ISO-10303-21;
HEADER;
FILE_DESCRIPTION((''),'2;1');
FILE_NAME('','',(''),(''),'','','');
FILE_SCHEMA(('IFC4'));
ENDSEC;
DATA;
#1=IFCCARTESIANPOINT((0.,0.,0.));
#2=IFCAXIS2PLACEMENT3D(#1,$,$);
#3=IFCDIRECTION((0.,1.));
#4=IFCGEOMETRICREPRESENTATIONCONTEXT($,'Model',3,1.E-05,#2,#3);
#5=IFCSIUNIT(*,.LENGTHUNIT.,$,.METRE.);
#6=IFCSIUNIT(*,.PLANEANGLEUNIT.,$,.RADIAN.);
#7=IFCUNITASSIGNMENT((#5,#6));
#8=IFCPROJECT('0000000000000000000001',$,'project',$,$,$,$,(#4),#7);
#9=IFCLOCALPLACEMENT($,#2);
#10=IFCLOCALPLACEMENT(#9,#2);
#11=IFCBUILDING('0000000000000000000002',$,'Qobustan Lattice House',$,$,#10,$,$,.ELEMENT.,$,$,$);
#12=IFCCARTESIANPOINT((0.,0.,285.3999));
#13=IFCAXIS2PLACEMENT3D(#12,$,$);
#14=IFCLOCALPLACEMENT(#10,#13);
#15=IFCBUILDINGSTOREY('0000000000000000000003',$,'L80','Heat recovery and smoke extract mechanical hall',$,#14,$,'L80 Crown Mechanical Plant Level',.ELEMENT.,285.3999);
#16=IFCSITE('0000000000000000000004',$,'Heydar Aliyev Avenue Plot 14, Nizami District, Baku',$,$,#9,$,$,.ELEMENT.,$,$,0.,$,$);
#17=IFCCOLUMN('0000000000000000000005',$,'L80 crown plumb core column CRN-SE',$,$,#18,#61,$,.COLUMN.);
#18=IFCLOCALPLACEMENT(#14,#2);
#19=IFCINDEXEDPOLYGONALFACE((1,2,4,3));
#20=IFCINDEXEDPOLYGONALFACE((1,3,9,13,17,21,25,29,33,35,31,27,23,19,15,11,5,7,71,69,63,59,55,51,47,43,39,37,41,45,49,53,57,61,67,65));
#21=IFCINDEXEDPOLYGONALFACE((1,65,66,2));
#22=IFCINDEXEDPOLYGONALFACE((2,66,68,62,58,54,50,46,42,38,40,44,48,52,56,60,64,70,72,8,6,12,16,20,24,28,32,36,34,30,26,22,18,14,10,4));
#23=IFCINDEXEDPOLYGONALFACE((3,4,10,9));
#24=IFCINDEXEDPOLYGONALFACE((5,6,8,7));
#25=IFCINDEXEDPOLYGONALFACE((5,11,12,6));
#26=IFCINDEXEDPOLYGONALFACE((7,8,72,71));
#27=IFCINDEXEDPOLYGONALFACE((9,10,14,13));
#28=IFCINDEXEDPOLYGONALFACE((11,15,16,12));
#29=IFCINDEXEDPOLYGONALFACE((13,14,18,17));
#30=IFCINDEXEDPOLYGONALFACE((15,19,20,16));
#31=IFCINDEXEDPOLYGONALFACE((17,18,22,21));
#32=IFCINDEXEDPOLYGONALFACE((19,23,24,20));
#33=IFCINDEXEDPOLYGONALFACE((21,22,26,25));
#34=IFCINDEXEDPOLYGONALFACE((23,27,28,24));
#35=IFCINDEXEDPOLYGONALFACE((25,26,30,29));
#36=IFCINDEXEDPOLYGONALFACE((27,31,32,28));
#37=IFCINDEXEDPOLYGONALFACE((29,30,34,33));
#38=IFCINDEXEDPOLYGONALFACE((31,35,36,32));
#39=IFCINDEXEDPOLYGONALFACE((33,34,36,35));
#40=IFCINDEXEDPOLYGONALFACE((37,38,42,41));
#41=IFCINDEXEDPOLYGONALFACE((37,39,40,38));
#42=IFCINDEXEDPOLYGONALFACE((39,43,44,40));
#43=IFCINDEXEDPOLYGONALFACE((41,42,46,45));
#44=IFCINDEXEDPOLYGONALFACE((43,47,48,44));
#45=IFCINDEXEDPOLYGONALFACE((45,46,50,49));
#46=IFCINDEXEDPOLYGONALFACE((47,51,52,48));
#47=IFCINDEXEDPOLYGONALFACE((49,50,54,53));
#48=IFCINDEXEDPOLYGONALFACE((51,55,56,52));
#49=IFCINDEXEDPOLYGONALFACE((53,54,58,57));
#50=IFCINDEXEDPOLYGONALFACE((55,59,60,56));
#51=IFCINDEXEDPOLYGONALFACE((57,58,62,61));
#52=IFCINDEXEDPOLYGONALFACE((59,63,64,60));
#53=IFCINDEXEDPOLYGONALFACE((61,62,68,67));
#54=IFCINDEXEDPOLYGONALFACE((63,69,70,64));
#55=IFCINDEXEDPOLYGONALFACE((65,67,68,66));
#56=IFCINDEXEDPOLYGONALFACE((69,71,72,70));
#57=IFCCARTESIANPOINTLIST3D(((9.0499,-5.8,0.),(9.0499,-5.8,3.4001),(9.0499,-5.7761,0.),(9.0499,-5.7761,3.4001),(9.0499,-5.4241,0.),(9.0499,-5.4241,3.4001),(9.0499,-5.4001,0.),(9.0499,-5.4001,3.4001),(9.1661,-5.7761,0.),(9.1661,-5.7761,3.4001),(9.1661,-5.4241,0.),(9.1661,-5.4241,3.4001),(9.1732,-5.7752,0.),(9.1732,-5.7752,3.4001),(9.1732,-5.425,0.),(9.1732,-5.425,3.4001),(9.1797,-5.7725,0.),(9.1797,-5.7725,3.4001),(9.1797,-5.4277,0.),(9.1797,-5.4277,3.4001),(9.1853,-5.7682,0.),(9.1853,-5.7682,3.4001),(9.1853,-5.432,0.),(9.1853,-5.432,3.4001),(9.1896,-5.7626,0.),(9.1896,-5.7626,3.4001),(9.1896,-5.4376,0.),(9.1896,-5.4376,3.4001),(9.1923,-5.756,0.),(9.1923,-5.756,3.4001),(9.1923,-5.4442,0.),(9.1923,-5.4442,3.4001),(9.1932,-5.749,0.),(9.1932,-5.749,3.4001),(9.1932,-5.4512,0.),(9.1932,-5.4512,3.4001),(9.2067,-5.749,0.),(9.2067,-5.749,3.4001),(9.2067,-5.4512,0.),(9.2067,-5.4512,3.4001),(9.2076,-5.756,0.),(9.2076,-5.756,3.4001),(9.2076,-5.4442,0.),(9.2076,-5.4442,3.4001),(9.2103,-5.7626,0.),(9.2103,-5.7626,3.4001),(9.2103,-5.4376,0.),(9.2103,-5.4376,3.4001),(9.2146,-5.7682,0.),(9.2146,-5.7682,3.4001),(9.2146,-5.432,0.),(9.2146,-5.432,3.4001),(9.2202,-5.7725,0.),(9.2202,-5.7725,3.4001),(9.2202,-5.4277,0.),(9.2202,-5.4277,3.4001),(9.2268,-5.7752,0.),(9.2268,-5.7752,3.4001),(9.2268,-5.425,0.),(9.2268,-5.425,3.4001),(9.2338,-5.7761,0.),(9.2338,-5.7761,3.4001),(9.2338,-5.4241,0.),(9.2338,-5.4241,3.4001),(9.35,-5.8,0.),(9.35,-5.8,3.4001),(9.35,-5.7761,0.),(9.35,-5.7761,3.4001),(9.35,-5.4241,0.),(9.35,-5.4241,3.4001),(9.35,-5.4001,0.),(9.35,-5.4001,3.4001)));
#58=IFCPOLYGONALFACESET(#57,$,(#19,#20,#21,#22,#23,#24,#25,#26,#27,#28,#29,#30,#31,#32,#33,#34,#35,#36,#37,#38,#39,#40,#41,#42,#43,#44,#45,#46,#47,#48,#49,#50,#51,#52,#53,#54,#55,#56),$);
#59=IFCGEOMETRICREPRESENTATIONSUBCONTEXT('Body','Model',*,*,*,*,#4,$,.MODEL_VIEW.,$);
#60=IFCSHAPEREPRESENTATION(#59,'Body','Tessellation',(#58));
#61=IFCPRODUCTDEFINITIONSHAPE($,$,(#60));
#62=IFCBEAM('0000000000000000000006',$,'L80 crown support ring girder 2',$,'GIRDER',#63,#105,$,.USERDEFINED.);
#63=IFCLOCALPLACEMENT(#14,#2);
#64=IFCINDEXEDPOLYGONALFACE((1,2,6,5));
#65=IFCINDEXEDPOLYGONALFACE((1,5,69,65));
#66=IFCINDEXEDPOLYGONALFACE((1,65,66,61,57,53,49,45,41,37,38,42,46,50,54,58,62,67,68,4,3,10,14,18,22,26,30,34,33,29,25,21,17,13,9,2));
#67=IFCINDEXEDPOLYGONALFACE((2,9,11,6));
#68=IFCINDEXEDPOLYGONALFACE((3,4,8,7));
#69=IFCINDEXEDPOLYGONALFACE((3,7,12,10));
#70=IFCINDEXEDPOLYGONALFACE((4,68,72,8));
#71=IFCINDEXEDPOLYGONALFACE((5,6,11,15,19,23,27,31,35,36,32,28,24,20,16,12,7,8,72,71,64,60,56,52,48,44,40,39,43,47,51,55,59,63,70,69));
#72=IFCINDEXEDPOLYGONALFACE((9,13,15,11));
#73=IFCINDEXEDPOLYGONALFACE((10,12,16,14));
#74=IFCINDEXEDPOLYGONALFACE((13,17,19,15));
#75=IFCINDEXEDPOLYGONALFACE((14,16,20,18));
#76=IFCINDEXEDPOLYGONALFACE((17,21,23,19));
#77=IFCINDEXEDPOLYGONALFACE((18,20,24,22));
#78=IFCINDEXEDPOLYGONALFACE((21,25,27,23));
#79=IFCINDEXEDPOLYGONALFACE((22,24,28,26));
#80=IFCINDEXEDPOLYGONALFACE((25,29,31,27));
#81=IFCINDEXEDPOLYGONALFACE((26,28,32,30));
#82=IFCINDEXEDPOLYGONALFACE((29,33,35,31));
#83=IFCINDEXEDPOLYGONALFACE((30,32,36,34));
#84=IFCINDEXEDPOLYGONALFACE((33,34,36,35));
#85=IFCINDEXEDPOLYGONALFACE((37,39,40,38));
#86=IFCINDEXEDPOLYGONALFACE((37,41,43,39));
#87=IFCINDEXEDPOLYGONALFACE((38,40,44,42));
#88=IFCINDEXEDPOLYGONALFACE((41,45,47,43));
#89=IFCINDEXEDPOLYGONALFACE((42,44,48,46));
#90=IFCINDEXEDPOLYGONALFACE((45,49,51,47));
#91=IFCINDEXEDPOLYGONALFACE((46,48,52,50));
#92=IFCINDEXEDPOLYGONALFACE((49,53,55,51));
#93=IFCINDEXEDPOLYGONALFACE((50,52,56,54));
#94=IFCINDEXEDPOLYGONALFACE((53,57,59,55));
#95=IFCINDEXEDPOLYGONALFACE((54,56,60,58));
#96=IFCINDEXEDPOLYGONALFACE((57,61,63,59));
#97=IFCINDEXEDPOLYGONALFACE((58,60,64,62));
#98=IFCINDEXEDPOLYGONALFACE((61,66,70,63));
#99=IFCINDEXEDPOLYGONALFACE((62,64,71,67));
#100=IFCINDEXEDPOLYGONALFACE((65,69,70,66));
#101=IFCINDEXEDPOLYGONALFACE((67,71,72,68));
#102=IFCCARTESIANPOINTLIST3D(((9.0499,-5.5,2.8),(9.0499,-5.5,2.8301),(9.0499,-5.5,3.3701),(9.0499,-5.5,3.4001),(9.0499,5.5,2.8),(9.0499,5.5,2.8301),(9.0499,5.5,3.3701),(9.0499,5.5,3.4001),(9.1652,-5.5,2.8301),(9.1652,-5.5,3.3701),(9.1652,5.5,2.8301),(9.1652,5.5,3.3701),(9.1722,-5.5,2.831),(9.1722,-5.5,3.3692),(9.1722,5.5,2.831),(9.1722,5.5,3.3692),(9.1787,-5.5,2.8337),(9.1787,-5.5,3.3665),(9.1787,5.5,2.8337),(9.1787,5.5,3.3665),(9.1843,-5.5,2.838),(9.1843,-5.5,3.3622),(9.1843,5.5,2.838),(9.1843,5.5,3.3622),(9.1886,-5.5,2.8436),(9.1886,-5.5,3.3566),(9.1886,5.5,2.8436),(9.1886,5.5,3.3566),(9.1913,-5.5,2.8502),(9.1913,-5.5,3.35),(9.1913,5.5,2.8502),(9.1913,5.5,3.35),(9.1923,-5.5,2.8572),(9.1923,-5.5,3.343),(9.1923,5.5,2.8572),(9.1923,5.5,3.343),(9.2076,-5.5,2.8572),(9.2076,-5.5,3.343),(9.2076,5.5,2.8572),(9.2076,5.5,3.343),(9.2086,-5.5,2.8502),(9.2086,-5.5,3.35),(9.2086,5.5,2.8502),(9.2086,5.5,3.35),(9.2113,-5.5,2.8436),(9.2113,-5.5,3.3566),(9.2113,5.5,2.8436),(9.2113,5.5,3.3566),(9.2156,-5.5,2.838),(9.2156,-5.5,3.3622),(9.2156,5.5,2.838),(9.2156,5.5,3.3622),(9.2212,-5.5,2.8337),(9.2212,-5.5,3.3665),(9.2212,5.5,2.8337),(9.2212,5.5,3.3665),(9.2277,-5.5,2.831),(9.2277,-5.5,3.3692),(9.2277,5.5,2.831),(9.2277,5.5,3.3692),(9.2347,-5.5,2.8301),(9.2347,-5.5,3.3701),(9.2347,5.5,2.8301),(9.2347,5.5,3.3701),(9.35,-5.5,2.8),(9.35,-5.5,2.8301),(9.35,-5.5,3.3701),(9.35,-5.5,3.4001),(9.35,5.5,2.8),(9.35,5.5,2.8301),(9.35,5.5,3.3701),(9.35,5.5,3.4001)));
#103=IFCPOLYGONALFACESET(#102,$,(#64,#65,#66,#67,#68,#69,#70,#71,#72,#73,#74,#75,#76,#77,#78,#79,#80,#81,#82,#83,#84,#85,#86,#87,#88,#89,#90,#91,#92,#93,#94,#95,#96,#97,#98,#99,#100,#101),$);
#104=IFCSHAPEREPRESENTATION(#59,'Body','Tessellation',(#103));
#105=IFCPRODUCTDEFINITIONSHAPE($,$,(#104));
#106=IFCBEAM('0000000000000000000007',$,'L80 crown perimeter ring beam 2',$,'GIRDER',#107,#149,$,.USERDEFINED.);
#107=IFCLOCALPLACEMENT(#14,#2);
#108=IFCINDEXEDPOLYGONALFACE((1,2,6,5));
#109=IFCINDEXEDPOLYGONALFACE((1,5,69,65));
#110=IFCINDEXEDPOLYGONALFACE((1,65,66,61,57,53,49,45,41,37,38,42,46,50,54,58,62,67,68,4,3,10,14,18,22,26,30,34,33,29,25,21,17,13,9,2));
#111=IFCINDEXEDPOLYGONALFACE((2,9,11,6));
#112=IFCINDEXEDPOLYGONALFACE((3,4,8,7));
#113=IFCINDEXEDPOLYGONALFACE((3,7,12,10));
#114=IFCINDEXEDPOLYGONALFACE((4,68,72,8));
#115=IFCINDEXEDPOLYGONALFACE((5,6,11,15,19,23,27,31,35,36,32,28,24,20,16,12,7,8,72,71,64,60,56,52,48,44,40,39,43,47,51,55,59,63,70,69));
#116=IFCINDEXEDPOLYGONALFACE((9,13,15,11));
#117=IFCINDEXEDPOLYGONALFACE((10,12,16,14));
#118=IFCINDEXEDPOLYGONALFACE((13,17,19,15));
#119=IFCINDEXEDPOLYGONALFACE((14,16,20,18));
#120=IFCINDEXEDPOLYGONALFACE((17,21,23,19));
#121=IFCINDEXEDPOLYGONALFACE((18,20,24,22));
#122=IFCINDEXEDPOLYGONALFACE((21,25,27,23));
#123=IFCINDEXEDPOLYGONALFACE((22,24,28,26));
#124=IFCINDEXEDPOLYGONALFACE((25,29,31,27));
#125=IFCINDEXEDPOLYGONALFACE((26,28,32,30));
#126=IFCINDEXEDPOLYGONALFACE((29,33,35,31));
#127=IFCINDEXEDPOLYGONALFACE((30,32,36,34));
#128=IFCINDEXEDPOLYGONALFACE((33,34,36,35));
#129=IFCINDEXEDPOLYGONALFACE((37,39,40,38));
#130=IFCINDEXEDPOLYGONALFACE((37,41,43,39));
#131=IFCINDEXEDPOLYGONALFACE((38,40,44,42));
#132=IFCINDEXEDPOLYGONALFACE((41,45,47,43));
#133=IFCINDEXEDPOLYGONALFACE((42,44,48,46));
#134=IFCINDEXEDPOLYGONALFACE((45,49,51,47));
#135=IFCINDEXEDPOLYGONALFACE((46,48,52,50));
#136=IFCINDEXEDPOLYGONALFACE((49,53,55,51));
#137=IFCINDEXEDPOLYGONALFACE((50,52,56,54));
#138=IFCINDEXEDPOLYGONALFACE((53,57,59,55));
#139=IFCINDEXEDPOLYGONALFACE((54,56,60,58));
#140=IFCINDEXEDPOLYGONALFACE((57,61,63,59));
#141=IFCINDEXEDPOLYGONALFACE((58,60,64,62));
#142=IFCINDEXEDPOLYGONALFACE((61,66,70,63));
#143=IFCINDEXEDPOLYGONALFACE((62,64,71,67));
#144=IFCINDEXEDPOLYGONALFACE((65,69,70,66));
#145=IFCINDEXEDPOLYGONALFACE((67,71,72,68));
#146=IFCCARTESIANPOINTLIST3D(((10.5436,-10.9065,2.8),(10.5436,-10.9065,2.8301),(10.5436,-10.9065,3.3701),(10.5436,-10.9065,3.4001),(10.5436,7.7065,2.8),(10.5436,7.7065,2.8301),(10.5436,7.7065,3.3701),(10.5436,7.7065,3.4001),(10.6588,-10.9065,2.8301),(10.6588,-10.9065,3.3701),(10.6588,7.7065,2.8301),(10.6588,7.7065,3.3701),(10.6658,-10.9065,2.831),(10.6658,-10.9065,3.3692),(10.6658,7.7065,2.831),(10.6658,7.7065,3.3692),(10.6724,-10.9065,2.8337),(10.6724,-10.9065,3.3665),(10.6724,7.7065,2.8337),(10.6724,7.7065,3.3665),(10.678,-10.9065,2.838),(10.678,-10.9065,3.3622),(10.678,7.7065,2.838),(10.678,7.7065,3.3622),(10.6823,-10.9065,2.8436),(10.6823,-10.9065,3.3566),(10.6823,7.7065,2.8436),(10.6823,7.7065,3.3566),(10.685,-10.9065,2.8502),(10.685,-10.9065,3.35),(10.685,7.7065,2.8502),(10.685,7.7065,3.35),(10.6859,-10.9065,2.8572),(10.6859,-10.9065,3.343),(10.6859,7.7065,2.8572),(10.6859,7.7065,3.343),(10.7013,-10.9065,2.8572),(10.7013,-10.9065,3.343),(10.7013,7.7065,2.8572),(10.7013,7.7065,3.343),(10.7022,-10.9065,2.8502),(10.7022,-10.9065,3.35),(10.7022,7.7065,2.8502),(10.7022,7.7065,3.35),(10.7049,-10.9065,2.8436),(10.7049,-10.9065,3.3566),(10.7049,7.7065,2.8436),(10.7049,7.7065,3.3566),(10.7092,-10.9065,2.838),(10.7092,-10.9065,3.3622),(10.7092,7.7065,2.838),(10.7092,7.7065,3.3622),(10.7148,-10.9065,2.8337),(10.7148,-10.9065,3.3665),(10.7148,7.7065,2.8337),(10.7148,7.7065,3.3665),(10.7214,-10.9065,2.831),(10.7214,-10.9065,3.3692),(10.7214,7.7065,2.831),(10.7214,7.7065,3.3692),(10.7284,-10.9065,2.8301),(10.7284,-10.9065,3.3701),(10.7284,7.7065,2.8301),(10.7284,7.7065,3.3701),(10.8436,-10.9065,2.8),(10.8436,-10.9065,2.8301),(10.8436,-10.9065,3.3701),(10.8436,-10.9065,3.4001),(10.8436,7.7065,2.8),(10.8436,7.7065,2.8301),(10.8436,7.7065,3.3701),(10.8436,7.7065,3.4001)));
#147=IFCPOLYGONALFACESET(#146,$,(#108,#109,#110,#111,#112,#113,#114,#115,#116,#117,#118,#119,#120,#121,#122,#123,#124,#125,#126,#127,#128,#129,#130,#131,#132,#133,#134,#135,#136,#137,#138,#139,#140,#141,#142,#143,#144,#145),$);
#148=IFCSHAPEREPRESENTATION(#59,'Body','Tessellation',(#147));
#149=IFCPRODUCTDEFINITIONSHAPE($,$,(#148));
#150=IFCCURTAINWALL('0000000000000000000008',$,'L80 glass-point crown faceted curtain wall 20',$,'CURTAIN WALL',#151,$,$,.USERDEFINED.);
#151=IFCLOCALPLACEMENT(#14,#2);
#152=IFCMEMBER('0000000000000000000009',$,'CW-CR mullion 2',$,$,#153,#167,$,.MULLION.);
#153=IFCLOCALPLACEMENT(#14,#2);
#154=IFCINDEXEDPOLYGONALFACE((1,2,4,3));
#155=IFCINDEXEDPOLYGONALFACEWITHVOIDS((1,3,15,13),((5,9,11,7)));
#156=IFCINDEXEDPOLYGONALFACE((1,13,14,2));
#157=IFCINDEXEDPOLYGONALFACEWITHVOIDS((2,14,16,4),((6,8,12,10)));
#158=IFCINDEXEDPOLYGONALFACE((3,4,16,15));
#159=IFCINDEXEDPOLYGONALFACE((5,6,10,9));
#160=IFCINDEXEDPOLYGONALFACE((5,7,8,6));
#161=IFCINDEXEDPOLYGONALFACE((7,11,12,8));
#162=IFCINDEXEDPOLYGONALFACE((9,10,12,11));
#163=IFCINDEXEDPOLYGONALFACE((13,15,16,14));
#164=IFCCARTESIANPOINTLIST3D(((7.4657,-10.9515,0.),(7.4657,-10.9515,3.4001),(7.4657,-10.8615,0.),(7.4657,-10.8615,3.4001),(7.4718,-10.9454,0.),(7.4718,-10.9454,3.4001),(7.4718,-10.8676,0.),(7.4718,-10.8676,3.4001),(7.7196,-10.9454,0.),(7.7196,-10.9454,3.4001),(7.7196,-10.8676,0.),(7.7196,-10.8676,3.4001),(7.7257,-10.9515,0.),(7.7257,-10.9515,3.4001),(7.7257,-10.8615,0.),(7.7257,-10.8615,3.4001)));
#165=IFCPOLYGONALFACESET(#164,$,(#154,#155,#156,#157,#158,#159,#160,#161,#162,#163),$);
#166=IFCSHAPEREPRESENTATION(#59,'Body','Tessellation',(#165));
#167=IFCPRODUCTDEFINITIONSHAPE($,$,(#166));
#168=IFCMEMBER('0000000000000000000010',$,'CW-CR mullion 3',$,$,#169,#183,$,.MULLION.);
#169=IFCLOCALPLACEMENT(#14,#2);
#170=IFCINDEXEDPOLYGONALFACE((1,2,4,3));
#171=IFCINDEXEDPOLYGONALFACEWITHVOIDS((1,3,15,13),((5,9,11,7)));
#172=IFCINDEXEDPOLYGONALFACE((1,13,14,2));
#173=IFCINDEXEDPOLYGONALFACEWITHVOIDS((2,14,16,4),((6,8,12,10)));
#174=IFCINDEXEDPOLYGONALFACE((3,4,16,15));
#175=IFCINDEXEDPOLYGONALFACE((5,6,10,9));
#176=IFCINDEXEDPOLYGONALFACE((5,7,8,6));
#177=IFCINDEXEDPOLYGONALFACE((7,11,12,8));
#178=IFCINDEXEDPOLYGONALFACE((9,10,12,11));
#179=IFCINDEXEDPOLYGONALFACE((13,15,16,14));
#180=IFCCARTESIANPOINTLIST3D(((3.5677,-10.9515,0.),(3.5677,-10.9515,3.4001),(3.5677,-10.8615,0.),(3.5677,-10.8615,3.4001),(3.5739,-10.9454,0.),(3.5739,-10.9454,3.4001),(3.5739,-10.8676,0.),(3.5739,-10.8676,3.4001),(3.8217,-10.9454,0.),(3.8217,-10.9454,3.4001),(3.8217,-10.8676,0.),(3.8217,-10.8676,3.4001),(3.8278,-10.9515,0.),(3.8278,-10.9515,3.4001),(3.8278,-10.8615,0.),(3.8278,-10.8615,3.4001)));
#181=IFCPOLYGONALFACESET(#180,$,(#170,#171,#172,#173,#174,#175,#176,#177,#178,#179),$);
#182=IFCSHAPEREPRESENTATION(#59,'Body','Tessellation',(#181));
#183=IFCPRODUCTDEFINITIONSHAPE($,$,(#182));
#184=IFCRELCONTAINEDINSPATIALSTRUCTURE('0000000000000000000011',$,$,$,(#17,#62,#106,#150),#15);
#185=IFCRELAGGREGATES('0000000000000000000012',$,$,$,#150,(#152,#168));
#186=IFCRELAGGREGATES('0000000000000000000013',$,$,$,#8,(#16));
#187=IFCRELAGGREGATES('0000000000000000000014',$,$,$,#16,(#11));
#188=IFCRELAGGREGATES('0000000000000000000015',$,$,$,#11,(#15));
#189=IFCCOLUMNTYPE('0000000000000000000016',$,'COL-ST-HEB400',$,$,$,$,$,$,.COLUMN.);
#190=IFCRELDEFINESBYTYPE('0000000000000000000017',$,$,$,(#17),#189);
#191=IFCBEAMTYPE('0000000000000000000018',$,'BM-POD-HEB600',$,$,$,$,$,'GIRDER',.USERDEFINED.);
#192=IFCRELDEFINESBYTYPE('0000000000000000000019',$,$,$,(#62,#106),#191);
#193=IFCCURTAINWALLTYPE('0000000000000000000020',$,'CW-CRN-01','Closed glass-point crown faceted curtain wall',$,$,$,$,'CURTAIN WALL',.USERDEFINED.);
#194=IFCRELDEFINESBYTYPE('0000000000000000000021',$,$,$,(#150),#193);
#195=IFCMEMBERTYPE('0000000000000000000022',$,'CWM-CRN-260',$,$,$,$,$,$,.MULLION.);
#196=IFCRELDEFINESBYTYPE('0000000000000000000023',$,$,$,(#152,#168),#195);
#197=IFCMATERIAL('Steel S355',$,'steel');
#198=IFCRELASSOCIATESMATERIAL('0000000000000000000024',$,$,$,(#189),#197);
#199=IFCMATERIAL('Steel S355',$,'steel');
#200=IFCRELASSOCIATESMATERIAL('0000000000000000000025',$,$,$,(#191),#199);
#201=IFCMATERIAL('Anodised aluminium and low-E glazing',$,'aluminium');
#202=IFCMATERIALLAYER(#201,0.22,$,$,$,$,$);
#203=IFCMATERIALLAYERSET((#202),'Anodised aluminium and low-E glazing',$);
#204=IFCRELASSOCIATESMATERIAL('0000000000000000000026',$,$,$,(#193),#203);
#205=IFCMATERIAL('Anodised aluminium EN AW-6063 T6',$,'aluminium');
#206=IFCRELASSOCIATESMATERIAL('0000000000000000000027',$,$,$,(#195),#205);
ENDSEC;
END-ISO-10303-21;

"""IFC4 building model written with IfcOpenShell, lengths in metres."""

from ifc_helpers import new_model, si_unit, direction, frame, origin, origin_2d, place, context, subcontext, project, spatial, hollow_rectangle, i_section, extrude, material, layer, layer_set, material_profile, profile_set, type_object, element, aggregate, save


model = new_model("IFC4")

# Units and contexts
model_context = context("Model", 3, precision=1e-05, world=origin(), true_north=direction((0.0, 1.0)))
body_context = subcontext(model_context, "Body", "Model", "MODEL_VIEW")
ifc_project = project(units=[si_unit("LENGTHUNIT", "METRE"), si_unit("PLANEANGLEUNIT", "RADIAN")], contexts=[model_context])

# Site, building, storey
site_placement = place(None, origin())
site = spatial("IfcSite", under=ifc_project, at=site_placement, Name="Heydar Aliyev Avenue Plot 14, Nizami District, Baku", CompositionType="ELEMENT", RefElevation=0.0)
building_placement = place(site_placement, origin())
building = spatial("IfcBuilding", under=site, at=building_placement, Name="Qobustan Lattice House", CompositionType="ELEMENT")
storey_placement = place(building_placement, frame((0.0, 0.0, 285.3999)))
storey = spatial("IfcBuildingStorey", under=building, at=storey_placement, Name="L80", Description="Heat recovery and smoke extract mechanical hall", LongName="L80 Crown Mechanical Plant Level", CompositionType="ELEMENT", Elevation=285.3999)

# Column
ifc_material_1 = material(Name="Steel S355", Category="steel")
ifc_material_profile_1 = material_profile(ifc_material_1, i_section(OverallWidth=0.3, OverallDepth=0.3999, WebThickness=0.0134, FlangeThickness=0.0239, FilletRadius=0.0271, at=origin_2d()), Name="HEB400")
ifc_profile_set_1 = profile_set([ifc_material_profile_1], Name="Steel S355")
column_type = type_object("IfcColumnType", Name="COL-ST-HEB400", PredefinedType="COLUMN", material=ifc_profile_set_1)
column_placement = place(storey_placement, frame((9.2, -5.6001, 0.0), z_axis=(0.0, 0.0, 1.0), x_axis=(1.0, 0.0, 0.0)))
element("IfcColumn", 1, at=column_placement, inside=storey, type_object=column_type, Name="L80 crown plumb core column CRN-SE", PredefinedType="COLUMN", context=body_context, shape_type="SweptSolid", body=[
    extrude(i_section(OverallWidth=0.3, OverallDepth=0.3999, WebThickness=0.0134, FlangeThickness=0.0239, FilletRadius=0.0271, at=origin_2d()), origin(), (0.0, 0.0, 1.0), 3.4001),
])

# Beams
ifc_material_2 = material(Name="Steel S355", Category="steel")
ifc_material_profile_2 = material_profile(ifc_material_2, i_section(OverallWidth=0.3, OverallDepth=0.6001, WebThickness=0.0154, FlangeThickness=0.03, FilletRadius=0.0271, at=origin_2d()), Name="HEB600")
ifc_profile_set_2 = profile_set([ifc_material_profile_2], Name="Steel S355")
beam_type = type_object("IfcBeamType", Name="BM-POD-HEB600", ElementType="GIRDER", PredefinedType="USERDEFINED", material=ifc_profile_set_2)
beam_1_placement = place(storey_placement, frame((9.2, -5.5, 3.1001), z_axis=(0.0, 1.0, 0.0), x_axis=(-1.0, 0.0, 0.0)))
element("IfcBeam", 2, at=beam_1_placement, inside=storey, type_object=beam_type, Name="L80 crown support ring girder 2", ObjectType="GIRDER", PredefinedType="USERDEFINED", context=body_context, shape_type="SweptSolid", body=[
    extrude(i_section(OverallWidth=0.3, OverallDepth=0.6001, WebThickness=0.0154, FlangeThickness=0.03, FilletRadius=0.0271, at=origin_2d()), origin(), (0.0, 0.0, 1.0), 11.0),
])
beam_2_placement = place(storey_placement, frame((10.6936, -10.9065, 3.1001), z_axis=(0.0, 1.0, 0.0), x_axis=(-1.0, 0.0, 0.0)))
element("IfcBeam", 3, at=beam_2_placement, inside=storey, type_object=beam_type, Name="L80 crown perimeter ring beam 2", ObjectType="GIRDER", PredefinedType="USERDEFINED", context=body_context, shape_type="SweptSolid", body=[
    extrude(i_section(OverallWidth=0.3, OverallDepth=0.6001, WebThickness=0.0154, FlangeThickness=0.03, FilletRadius=0.0271, at=origin_2d()), origin(), (0.0, 0.0, 1.0), 18.613),
])

# Curtain wall, members
ifc_material_3 = material(Name="Anodised aluminium and low-E glazing", Category="aluminium")
ifc_layer_1 = layer(ifc_material_3, 0.22)
ifc_layer_set_1 = layer_set([ifc_layer_1], Name="Anodised aluminium and low-E glazing")
curtain_wall_type = type_object("IfcCurtainWallType", Name="CW-CRN-01", Description="Closed glass-point crown faceted curtain wall", ElementType="CURTAIN WALL", PredefinedType="USERDEFINED", material=ifc_layer_set_1)
curtain_wall_placement = place(storey_placement, origin())
curtain_wall = element("IfcCurtainWall", 4, at=curtain_wall_placement, inside=storey, type_object=curtain_wall_type, Name="L80 glass-point crown faceted curtain wall 20", ObjectType="CURTAIN WALL", PredefinedType="USERDEFINED")
ifc_material_4 = material(Name="Anodised aluminium EN AW-6063 T6", Category="aluminium")
ifc_material_profile_3 = material_profile(ifc_material_4, hollow_rectangle(XDim=0.0901, YDim=0.26, WallThickness=0.0061, at=origin_2d()), Name="CWM-CROWN-260x90")
ifc_profile_set_3 = profile_set([ifc_material_profile_3], Name="Anodised aluminium EN AW-6063 T6")
member_type_1 = type_object("IfcMemberType", Name="CWM-CRN-260", PredefinedType="MULLION", material=ifc_profile_set_3)
member_1_placement = place(storey_placement, frame((7.5957, -10.9065, 0.0), z_axis=(0.0, 0.0, 1.0), x_axis=(0.0, -1.0, 0.0)))
member_1 = element("IfcMember", 5, at=member_1_placement, type_object=member_type_1, Name="CW-CR mullion 2", PredefinedType="MULLION", context=body_context, shape_type="SweptSolid", body=[
    extrude(hollow_rectangle(XDim=0.0901, YDim=0.26, WallThickness=0.0061, at=origin_2d()), origin(), (0.0, 0.0, 1.0), 3.4001),
])
member_2_placement = place(storey_placement, frame((3.6978, -10.9065, 0.0), z_axis=(0.0, 0.0, 1.0), x_axis=(0.0, -1.0, 0.0)))
member_2 = element("IfcMember", 6, at=member_2_placement, type_object=member_type_1, Name="CW-CR mullion 3", PredefinedType="MULLION", context=body_context, shape_type="SweptSolid", body=[
    extrude(hollow_rectangle(XDim=0.0901, YDim=0.26, WallThickness=0.0061, at=origin_2d()), origin(), (0.0, 0.0, 1.0), 3.4001),
])

aggregate(curtain_wall, [member_1, member_2])

save(model, "model.ifc")
